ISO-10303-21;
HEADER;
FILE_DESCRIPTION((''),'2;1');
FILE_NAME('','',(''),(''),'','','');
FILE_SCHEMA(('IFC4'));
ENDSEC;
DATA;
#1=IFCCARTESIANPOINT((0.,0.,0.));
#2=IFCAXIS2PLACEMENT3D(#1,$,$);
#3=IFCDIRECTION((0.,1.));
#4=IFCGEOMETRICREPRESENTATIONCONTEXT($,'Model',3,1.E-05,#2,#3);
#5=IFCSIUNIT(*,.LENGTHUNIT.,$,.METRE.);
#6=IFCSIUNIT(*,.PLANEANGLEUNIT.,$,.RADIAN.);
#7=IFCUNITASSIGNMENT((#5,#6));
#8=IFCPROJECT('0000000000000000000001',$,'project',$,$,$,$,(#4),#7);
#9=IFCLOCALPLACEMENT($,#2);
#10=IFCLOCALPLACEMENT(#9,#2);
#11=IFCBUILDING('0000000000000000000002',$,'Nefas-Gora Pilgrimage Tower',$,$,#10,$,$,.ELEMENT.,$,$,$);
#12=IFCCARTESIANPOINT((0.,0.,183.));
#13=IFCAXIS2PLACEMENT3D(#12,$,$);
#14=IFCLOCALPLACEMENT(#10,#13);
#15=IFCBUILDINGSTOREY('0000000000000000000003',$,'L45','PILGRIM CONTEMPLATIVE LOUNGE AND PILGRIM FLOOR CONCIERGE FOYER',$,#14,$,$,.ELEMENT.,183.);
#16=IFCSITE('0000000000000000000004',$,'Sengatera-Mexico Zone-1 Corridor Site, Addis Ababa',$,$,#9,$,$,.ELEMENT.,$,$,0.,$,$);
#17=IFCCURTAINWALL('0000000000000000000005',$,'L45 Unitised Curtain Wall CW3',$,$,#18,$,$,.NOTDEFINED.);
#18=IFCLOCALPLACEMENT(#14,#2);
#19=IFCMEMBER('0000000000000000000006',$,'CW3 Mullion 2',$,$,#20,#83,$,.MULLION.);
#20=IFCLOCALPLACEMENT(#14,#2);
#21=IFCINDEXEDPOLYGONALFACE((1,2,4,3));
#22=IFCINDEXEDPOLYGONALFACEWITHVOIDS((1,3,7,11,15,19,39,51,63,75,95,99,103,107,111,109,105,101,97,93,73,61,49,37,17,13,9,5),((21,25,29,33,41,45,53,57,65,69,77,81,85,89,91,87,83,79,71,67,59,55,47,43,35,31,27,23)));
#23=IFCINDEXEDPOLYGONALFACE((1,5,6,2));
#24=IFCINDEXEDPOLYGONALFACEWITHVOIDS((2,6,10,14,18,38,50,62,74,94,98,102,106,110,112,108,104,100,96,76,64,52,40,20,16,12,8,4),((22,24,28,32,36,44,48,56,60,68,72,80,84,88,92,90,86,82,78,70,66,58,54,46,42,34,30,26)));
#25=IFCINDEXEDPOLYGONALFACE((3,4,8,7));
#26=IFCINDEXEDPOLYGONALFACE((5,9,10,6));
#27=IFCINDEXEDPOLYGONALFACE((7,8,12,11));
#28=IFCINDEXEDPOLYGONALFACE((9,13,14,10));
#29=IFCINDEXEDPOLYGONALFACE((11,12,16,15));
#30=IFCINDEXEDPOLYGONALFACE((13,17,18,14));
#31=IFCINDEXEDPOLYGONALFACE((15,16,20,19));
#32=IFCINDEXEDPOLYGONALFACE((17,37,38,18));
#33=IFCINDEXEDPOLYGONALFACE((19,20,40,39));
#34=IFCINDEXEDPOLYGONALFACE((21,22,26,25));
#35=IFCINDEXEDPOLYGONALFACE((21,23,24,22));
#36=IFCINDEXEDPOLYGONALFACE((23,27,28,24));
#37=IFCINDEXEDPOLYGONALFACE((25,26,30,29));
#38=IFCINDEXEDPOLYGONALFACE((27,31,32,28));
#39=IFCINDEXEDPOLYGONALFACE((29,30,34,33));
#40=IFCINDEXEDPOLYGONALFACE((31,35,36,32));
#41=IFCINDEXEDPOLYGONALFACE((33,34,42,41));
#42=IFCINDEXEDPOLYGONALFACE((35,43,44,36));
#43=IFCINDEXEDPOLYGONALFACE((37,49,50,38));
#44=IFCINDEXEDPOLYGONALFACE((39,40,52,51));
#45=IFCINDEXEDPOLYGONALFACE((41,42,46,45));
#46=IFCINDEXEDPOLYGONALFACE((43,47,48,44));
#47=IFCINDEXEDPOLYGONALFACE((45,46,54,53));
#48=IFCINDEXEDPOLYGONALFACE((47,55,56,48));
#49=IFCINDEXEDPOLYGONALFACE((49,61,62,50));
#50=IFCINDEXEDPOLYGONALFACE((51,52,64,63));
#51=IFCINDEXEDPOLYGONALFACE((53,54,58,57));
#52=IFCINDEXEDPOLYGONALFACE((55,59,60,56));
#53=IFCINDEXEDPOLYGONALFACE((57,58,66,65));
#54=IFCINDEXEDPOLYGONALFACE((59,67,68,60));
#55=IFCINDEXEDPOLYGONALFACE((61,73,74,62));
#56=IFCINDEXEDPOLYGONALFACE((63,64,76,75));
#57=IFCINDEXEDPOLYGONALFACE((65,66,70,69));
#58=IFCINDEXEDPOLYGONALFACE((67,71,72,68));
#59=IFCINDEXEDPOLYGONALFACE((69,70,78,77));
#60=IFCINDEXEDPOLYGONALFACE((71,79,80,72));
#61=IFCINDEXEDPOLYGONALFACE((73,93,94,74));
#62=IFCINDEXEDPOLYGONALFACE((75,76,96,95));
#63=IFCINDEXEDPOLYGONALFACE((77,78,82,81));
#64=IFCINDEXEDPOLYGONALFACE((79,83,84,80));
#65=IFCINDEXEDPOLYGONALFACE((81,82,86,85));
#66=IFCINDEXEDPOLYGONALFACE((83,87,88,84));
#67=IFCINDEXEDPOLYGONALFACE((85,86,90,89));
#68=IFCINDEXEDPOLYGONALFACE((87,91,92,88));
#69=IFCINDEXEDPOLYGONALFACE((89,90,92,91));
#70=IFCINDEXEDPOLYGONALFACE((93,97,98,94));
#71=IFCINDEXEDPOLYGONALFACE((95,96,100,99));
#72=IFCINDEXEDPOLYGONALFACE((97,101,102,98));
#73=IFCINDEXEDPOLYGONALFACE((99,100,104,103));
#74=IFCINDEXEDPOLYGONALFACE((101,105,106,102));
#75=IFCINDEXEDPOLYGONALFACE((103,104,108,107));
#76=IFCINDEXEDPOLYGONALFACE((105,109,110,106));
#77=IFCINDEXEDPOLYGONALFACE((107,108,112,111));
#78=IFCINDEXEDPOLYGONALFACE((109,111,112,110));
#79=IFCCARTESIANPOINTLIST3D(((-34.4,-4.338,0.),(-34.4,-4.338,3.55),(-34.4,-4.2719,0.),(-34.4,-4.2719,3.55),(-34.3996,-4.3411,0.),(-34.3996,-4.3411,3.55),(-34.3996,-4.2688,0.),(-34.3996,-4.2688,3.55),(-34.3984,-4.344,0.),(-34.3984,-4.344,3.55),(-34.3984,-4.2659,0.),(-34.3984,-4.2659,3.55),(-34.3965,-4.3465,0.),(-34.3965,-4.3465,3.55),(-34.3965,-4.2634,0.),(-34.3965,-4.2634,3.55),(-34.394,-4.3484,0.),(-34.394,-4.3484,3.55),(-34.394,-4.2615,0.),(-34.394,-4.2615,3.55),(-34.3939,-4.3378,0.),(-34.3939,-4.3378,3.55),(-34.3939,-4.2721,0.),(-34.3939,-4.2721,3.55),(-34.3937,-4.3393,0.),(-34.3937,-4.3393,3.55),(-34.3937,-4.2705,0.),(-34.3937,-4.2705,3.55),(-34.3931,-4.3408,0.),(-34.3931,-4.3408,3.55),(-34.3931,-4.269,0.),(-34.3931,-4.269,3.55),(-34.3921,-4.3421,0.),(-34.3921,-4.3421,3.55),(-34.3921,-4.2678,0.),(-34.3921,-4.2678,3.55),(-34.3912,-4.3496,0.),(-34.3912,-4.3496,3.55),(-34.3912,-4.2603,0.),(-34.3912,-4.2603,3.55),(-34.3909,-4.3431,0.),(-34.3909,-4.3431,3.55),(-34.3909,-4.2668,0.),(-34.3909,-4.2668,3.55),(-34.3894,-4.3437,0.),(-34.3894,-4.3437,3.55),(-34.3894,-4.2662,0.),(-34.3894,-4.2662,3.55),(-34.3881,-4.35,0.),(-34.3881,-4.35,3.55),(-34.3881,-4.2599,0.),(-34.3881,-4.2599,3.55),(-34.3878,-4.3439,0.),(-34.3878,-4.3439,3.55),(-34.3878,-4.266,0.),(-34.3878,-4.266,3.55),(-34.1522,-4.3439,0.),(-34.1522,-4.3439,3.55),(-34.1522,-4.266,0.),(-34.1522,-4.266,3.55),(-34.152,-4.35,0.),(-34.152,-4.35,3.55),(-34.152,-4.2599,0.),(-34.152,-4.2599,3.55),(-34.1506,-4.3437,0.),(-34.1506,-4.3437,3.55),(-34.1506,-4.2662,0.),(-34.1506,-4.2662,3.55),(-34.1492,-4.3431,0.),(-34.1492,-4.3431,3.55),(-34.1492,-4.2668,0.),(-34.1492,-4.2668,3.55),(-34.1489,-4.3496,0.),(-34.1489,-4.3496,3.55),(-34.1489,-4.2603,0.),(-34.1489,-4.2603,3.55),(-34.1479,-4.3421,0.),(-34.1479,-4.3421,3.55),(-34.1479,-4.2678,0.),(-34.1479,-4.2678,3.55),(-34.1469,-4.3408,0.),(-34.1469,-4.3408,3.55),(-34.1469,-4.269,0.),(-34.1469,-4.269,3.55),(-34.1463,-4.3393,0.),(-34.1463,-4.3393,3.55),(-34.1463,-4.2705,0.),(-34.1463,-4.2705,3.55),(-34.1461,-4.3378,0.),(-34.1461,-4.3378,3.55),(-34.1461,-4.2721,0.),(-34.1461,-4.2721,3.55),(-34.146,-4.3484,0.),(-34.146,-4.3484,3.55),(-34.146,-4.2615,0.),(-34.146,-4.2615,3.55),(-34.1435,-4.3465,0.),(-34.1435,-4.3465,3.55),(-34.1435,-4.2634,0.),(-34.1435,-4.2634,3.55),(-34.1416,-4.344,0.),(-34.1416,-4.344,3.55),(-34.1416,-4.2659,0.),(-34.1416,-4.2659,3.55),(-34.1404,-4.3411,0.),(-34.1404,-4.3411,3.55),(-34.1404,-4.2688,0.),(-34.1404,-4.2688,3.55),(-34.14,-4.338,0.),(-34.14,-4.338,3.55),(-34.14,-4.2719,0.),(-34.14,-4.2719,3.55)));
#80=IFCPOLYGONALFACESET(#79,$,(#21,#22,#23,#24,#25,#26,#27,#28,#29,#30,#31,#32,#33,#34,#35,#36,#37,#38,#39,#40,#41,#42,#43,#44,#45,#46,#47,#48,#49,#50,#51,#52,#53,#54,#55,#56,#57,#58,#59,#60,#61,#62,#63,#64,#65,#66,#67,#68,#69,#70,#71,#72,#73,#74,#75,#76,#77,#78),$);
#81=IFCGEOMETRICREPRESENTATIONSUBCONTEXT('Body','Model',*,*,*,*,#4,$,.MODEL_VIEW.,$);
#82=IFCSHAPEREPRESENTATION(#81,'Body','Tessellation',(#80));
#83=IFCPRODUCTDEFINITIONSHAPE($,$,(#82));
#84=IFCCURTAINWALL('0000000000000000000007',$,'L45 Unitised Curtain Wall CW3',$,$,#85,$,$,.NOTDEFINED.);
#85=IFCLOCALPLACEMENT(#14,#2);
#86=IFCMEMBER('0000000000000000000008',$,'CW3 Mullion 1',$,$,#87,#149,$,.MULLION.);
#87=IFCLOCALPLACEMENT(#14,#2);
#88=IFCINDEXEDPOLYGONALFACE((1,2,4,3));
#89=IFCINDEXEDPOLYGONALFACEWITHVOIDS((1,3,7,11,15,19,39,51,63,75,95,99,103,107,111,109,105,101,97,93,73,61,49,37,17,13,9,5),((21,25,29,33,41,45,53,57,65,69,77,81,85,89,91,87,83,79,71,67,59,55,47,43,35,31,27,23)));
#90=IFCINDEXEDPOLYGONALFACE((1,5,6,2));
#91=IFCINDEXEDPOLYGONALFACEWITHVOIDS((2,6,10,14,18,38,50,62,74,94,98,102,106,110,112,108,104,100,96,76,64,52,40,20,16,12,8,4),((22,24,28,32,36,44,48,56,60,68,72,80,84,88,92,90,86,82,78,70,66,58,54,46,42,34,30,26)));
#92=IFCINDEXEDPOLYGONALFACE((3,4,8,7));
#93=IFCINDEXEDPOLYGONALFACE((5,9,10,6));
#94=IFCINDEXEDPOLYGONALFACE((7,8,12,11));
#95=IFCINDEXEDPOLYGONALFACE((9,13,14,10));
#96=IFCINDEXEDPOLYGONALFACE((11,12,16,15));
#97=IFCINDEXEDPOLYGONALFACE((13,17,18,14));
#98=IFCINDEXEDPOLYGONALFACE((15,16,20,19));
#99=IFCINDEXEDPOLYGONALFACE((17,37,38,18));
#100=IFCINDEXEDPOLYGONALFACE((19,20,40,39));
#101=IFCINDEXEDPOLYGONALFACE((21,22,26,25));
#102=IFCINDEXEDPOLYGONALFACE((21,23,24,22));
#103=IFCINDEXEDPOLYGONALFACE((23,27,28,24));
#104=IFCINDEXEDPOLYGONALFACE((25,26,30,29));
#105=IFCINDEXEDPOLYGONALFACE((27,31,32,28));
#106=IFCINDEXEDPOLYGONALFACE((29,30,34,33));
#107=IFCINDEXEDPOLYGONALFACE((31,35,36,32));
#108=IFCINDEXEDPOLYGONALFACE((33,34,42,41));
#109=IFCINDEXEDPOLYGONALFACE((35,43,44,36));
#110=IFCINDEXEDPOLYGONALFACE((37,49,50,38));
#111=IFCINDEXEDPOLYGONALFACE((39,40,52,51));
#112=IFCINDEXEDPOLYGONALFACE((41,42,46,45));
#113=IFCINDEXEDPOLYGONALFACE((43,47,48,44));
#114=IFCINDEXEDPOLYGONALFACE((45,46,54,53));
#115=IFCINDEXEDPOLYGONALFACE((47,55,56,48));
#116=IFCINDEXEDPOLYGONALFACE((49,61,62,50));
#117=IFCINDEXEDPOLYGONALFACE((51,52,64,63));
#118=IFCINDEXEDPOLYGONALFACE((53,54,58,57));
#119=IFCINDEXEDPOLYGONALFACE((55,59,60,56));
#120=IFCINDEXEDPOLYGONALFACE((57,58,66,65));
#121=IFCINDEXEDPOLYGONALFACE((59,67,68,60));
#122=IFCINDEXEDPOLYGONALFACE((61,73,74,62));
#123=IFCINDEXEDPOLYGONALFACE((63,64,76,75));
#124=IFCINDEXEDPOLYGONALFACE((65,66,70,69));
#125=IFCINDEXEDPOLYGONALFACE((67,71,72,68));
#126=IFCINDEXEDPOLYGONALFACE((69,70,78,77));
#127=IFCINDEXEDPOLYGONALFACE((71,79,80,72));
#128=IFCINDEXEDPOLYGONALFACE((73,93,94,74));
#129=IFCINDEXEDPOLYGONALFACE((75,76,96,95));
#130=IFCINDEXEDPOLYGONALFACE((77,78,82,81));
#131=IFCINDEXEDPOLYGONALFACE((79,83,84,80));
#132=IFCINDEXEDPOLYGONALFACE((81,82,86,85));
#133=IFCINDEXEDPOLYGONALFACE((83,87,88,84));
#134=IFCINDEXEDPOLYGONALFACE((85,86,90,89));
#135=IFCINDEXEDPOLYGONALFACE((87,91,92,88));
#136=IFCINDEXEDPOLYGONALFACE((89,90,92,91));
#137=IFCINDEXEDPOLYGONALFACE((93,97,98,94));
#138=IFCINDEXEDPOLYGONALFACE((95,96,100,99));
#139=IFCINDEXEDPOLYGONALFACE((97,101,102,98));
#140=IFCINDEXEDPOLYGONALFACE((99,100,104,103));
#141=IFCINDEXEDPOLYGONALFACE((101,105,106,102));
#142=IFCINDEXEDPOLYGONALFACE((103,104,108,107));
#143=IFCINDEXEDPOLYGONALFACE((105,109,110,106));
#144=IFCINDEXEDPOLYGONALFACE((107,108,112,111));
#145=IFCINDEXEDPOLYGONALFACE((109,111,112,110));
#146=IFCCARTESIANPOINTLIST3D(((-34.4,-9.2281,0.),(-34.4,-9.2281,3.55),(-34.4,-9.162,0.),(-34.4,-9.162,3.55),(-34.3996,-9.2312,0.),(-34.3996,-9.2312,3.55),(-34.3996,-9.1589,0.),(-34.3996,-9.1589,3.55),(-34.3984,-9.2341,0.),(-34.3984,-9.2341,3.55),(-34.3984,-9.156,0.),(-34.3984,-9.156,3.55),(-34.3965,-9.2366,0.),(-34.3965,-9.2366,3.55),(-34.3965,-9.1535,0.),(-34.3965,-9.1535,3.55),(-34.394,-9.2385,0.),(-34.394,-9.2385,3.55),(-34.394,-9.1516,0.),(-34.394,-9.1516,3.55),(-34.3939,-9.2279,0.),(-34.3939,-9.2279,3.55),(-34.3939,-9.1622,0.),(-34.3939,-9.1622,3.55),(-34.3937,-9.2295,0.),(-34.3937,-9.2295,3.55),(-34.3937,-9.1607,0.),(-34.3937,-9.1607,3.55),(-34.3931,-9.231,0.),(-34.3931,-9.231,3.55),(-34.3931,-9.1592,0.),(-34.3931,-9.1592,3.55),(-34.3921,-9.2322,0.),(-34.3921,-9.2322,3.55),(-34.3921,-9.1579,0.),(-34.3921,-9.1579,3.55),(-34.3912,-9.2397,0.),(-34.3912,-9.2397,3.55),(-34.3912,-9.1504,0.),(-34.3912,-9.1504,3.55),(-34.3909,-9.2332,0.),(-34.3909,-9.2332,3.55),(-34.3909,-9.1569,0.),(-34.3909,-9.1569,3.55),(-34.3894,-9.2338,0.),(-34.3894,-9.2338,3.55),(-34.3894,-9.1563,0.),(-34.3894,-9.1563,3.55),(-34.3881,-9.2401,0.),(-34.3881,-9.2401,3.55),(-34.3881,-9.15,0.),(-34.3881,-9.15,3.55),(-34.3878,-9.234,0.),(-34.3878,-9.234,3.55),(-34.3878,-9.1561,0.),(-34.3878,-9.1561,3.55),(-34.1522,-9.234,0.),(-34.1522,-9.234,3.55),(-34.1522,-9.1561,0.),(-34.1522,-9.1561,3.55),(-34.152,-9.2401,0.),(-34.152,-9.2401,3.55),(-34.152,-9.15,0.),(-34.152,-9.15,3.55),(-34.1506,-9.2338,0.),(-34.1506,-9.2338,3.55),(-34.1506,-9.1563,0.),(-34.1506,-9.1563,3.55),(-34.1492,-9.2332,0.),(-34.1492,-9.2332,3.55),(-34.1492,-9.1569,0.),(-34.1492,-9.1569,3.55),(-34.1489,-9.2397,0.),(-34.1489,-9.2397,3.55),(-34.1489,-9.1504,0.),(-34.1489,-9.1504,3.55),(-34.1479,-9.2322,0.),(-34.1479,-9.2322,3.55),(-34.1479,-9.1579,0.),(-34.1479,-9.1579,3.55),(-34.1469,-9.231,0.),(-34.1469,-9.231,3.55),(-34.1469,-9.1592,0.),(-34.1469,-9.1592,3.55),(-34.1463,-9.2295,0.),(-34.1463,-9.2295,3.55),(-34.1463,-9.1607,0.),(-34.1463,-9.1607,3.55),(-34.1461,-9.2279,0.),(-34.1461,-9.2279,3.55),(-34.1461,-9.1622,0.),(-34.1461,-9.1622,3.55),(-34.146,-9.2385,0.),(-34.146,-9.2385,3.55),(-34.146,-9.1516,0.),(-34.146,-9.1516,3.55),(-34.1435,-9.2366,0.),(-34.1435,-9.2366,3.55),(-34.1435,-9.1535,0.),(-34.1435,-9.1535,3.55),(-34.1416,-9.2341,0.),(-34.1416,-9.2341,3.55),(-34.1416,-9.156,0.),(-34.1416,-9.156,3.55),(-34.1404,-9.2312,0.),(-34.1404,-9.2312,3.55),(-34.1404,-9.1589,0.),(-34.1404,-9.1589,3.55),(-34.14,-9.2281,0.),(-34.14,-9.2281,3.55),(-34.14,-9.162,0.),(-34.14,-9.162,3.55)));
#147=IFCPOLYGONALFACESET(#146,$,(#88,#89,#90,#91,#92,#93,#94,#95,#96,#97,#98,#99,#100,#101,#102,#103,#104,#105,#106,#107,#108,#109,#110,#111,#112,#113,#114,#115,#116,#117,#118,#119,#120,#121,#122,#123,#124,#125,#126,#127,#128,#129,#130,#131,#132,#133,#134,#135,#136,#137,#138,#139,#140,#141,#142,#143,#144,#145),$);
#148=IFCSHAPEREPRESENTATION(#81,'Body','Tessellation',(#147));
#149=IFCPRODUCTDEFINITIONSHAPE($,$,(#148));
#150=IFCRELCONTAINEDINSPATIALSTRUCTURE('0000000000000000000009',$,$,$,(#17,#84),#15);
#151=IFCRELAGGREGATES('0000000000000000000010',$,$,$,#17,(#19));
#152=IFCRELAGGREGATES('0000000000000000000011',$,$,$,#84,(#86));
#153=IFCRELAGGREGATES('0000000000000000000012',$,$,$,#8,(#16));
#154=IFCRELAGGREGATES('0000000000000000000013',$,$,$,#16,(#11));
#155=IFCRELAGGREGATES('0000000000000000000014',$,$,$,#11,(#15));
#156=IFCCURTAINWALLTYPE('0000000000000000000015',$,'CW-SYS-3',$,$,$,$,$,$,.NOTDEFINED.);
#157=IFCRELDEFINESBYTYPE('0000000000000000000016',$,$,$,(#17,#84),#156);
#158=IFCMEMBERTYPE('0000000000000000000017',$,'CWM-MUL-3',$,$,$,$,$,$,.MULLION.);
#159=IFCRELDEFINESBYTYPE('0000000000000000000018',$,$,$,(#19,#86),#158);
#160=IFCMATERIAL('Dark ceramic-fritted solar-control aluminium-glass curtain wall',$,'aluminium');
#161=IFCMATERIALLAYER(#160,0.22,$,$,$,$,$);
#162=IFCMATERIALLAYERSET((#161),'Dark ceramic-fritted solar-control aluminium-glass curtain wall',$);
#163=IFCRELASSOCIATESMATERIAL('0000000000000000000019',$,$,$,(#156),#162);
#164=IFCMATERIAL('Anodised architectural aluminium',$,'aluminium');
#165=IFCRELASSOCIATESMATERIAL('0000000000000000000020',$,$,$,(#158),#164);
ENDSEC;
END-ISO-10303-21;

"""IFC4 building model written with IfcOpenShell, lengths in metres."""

from ifc_helpers import new_model, si_unit, direction, frame, origin, origin_2d, place, context, subcontext, project, spatial, hollow_rectangle, extrude, source, transform, mapped, material, layer, layer_set, material_profile, profile_set, type_object, element, aggregate, save


model = new_model("IFC4")

# Units and contexts
model_context = context("Model", 3, precision=1e-05, world=origin(), true_north=direction((0.0, 1.0)))
body_context = subcontext(model_context, "Body", "Model", "MODEL_VIEW")
ifc_project = project(units=[si_unit("LENGTHUNIT", "METRE"), si_unit("PLANEANGLEUNIT", "RADIAN")], contexts=[model_context])

# Site, building, storey
site_placement = place(None, origin())
site = spatial("IfcSite", under=ifc_project, at=site_placement, Name="Sengatera-Mexico Zone-1 Corridor Site, Addis Ababa", CompositionType="ELEMENT", RefElevation=0.0)
building_placement = place(site_placement, origin())
building = spatial("IfcBuilding", under=site, at=building_placement, Name="Nefas-Gora Pilgrimage Tower", CompositionType="ELEMENT")
storey_placement = place(building_placement, frame((0.0, 0.0, 183.0)))
storey = spatial("IfcBuildingStorey", under=building, at=storey_placement, Name="L45", Description="PILGRIM CONTEMPLATIVE LOUNGE AND PILGRIM FLOOR CONCIERGE FOYER", CompositionType="ELEMENT", Elevation=183.0)

# Curtain wall, member
ifc_material_1 = material(Name="Dark ceramic-fritted solar-control aluminium-glass curtain wall", Category="aluminium")
ifc_layer_1 = layer(ifc_material_1, 0.22)
ifc_layer_set_1 = layer_set([ifc_layer_1], Name="Dark ceramic-fritted solar-control aluminium-glass curtain wall")
curtain_wall_type = type_object("IfcCurtainWallType", Name="CW-SYS-3", PredefinedType="NOTDEFINED", material=ifc_layer_set_1)
curtain_wall_1_placement = place(storey_placement, origin())
curtain_wall_1 = element("IfcCurtainWall", 1, at=curtain_wall_1_placement, inside=storey, type_object=curtain_wall_type, Name="L45 Unitised Curtain Wall CW3", PredefinedType="NOTDEFINED")
ifc_material_2 = material(Name="Anodised architectural aluminium", Category="aluminium")
ifc_material_profile_1 = material_profile(ifc_material_2, hollow_rectangle(XDim=0.0901, YDim=0.26, WallThickness=0.0061, InnerFilletRadius=0.0061, OuterFilletRadius=0.012, at=origin_2d()), Name="ALU MULLION 90x260")
ifc_profile_set_1 = profile_set([ifc_material_profile_1], Name="Anodised architectural aluminium")
member_type_1 = type_object("IfcMemberType", Name="CWM-MUL-3", PredefinedType="MULLION", material=ifc_profile_set_1)
shared_shape_1 = source(origin(), body_context, "Body", "SweptSolid", [
    extrude(hollow_rectangle(XDim=0.0901, YDim=0.26, WallThickness=0.0061, InnerFilletRadius=0.0061, OuterFilletRadius=0.012, at=origin_2d()), origin(), (0.0, 0.0, 1.0), 3.55),
])
member_1_placement = place(storey_placement, frame((-34.27, -4.3049, 0.0), z_axis=(0.0, 0.0, 1.0), x_axis=(0.0, -1.0, 0.0)))
member_1 = element("IfcMember", 2, at=member_1_placement, type_object=member_type_1, Name="CW3 Mullion 2", PredefinedType="MULLION", context=body_context, shape_type="MappedRepresentation", body=[
    mapped(shared_shape_1, transform((0.0, 0.0, 0.0), x_axis=(1.0, 0.0, 0.0), y_axis=(0.0, 1.0, 0.0), z_axis=(0.0, 0.0, 1.0), scale=1.0)),
])
aggregate(curtain_wall_1, [member_1])

# Curtain wall, member
curtain_wall_2_placement = place(storey_placement, origin())
curtain_wall_2 = element("IfcCurtainWall", 3, at=curtain_wall_2_placement, inside=storey, type_object=curtain_wall_type, Name="L45 Unitised Curtain Wall CW3", PredefinedType="NOTDEFINED")
member_2_placement = place(storey_placement, frame((-34.27, -9.1951, 0.0), z_axis=(0.0, 0.0, 1.0), x_axis=(0.0, -1.0, 0.0)))
member_2 = element("IfcMember", 4, at=member_2_placement, type_object=member_type_1, Name="CW3 Mullion 1", PredefinedType="MULLION", context=body_context, shape_type="MappedRepresentation", body=[
    mapped(shared_shape_1, transform((0.0, 0.0, 0.0), x_axis=(1.0, 0.0, 0.0), y_axis=(0.0, 1.0, 0.0), z_axis=(0.0, 0.0, 1.0), scale=1.0)),
])

aggregate(curtain_wall_2, [member_2])

save(model, "model.ifc")
